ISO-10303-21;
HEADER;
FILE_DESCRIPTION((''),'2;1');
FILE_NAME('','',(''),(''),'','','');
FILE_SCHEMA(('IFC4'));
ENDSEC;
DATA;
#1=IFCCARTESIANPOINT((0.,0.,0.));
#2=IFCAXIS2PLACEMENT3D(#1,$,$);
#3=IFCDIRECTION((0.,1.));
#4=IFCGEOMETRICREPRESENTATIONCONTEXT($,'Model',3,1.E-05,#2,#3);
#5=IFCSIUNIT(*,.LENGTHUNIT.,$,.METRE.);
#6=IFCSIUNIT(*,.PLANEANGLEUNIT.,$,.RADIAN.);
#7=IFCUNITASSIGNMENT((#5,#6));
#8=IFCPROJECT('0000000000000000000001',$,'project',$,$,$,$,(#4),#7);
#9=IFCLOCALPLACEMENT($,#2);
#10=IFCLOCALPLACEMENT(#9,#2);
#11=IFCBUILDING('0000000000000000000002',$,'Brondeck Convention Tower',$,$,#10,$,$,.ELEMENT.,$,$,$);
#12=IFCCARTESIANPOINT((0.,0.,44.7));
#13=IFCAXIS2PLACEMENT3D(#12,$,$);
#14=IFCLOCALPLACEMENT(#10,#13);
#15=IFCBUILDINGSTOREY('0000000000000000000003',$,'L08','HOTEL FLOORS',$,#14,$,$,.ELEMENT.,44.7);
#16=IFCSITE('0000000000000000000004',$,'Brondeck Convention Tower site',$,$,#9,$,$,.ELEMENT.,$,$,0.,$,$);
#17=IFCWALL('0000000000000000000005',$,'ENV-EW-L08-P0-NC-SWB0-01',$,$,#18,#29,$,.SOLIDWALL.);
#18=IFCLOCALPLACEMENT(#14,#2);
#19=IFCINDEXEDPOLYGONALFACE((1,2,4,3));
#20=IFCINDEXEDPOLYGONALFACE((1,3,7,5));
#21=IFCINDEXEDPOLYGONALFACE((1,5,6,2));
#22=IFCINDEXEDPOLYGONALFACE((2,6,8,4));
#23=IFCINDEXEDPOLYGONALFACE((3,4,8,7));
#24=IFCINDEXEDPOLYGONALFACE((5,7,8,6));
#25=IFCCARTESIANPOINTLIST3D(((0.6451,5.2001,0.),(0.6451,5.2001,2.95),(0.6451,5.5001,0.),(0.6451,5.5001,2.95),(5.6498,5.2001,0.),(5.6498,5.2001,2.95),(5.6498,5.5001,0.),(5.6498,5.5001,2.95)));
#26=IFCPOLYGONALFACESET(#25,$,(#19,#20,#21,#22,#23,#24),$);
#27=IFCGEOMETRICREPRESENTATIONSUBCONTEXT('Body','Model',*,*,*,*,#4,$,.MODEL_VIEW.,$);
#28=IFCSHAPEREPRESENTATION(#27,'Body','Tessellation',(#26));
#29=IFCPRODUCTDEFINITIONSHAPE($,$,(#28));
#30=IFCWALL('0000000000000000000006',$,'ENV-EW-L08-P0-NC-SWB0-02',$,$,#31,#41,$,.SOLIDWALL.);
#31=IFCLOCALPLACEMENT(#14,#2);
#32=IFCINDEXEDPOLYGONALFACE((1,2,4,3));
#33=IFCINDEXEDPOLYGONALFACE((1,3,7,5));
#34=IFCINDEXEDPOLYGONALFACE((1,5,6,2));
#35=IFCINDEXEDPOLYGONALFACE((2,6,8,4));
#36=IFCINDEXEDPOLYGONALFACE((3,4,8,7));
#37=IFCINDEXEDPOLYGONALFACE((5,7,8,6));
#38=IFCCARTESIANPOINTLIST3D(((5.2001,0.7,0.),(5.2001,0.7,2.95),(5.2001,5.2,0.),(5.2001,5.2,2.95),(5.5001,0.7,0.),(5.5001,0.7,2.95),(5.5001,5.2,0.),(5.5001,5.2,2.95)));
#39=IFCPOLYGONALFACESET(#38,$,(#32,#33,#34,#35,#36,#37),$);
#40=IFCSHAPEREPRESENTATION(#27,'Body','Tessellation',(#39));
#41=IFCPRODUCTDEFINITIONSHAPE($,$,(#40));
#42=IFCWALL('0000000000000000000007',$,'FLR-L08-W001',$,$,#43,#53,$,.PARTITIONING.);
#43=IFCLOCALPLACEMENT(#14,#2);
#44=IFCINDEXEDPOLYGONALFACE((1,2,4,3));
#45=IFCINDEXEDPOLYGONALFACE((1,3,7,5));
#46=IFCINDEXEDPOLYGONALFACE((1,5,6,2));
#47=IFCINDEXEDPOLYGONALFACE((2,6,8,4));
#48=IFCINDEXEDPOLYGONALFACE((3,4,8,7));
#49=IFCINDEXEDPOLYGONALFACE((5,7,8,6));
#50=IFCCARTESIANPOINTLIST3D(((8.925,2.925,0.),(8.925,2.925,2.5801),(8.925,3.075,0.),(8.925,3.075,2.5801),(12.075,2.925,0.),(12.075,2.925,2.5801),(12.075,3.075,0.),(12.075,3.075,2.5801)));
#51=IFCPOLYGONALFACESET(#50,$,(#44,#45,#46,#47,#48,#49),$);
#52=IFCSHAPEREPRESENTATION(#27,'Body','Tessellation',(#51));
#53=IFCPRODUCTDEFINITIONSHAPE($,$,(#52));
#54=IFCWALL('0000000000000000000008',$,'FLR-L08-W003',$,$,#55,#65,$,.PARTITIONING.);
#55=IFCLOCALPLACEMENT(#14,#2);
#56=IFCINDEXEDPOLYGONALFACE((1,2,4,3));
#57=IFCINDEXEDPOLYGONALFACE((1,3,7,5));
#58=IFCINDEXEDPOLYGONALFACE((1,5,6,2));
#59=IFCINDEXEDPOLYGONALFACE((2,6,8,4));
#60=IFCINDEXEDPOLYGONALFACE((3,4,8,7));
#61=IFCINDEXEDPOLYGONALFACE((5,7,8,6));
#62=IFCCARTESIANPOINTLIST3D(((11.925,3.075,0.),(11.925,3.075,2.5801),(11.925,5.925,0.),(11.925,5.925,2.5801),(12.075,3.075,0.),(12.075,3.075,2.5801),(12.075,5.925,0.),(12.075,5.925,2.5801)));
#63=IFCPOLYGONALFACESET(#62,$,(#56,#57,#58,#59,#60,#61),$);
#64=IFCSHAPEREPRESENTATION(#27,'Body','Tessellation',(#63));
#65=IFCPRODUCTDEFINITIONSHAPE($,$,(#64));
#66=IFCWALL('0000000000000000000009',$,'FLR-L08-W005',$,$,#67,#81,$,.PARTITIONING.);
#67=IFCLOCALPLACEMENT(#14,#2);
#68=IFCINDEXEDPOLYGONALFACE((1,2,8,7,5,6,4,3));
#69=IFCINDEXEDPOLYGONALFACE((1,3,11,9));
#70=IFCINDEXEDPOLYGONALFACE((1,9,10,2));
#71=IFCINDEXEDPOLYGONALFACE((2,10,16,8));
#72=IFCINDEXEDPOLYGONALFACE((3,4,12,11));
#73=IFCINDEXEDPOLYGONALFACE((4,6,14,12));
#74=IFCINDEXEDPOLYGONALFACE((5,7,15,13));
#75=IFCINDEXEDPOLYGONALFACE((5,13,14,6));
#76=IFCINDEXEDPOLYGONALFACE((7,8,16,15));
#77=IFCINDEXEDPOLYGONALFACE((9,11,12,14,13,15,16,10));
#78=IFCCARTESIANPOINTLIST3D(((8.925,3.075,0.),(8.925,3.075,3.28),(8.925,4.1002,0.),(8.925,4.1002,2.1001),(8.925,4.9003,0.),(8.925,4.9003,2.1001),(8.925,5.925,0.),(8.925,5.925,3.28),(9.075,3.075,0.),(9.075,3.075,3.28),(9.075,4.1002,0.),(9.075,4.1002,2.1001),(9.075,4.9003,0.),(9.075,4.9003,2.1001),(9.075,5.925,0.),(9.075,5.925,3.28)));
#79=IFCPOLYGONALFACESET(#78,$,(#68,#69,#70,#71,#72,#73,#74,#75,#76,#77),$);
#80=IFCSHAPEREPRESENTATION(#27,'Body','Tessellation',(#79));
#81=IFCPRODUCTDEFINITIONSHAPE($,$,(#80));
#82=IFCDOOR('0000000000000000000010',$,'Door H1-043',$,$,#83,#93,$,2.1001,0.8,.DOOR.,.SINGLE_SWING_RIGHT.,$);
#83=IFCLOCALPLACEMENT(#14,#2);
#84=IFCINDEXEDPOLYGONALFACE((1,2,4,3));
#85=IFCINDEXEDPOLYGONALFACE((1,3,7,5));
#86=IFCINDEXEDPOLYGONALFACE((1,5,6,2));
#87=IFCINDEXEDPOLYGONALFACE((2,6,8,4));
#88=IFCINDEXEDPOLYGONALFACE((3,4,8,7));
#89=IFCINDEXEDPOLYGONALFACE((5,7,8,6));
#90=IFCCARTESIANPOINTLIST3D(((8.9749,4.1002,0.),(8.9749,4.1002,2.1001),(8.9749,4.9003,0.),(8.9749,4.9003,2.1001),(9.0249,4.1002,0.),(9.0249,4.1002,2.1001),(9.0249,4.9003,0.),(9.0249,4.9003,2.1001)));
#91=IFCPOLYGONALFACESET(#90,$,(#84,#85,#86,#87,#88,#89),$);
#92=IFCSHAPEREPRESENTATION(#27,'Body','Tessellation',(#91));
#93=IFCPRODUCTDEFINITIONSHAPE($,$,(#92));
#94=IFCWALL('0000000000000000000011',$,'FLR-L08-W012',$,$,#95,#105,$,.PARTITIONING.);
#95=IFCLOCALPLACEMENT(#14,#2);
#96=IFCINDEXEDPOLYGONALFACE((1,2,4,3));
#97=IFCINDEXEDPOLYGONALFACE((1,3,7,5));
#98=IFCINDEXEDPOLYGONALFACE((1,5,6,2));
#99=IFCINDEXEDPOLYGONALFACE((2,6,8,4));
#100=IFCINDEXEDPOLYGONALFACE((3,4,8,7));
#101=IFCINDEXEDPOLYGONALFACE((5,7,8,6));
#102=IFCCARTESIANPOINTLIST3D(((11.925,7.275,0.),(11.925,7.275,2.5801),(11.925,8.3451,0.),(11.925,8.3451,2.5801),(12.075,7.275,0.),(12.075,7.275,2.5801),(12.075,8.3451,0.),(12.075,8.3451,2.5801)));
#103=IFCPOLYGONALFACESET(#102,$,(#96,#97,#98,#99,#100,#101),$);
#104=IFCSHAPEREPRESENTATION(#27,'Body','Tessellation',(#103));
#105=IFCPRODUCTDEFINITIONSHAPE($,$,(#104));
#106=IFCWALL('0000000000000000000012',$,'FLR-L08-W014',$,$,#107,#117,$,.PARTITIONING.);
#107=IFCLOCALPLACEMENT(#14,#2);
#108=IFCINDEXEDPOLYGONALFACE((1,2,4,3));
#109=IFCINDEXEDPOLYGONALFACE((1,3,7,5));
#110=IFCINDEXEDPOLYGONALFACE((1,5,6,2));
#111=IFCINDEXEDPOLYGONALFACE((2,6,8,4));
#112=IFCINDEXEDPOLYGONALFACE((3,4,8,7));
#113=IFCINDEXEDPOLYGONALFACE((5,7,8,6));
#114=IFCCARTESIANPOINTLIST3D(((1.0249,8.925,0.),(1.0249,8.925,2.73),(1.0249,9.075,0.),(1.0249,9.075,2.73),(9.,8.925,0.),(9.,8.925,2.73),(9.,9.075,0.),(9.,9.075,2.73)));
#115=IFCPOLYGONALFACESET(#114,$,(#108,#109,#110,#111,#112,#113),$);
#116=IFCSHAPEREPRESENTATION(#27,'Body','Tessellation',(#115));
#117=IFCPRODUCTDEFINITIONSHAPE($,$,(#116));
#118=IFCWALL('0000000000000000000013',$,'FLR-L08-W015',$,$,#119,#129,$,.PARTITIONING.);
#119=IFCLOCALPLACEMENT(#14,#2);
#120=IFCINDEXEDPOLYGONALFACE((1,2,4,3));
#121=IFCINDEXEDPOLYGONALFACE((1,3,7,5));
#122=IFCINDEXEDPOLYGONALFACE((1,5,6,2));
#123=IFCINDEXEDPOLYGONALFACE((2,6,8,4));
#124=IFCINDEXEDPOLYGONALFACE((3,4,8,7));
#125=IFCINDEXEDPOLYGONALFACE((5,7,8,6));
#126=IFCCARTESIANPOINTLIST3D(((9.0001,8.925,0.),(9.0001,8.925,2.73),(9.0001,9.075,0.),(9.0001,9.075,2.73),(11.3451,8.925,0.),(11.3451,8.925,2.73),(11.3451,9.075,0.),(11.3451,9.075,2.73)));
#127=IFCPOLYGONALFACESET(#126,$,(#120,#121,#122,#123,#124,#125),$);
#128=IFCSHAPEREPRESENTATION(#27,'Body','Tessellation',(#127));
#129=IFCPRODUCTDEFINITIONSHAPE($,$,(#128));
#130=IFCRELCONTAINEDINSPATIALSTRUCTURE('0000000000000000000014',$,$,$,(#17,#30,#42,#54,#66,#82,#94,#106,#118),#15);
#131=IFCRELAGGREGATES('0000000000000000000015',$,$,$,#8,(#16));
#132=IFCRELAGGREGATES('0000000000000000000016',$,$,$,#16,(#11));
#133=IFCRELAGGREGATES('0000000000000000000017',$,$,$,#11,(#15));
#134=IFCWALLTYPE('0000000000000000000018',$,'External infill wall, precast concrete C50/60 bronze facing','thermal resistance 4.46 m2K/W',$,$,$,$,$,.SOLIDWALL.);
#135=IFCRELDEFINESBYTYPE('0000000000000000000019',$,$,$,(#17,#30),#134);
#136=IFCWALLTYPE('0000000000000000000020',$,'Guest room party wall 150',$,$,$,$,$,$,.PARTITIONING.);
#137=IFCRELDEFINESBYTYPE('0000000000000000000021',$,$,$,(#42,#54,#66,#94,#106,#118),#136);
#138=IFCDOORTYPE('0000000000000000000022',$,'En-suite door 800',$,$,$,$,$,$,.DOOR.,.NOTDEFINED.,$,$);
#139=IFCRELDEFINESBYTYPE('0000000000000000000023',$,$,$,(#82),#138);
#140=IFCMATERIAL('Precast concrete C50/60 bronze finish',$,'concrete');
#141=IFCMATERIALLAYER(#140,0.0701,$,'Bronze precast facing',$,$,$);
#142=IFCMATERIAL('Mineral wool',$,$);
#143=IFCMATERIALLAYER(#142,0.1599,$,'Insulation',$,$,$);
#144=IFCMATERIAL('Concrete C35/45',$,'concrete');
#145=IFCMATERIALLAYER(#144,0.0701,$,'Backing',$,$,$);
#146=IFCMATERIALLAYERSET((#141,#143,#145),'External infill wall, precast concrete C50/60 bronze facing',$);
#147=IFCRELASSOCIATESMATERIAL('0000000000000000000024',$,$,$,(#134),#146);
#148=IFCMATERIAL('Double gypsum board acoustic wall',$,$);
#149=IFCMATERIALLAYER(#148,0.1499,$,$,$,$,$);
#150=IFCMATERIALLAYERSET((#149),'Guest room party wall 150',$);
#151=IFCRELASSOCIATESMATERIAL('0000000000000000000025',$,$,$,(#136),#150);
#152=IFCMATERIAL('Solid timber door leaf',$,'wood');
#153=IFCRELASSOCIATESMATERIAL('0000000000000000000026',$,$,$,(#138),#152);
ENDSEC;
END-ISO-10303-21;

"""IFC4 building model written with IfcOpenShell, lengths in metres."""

from ifc_helpers import new_model, si_unit, direction, frame, frame_2d, origin, place, context, subcontext, project, spatial, rectangle, extrude, material, layer, layer_set, type_object, element, fill, save


model = new_model("IFC4")

# Units and contexts
model_context = context("Model", 3, precision=1e-05, world=origin(), true_north=direction((0.0, 1.0)))
body_context = subcontext(model_context, "Body", "Model", "MODEL_VIEW")
ifc_project = project(units=[si_unit("LENGTHUNIT", "METRE"), si_unit("PLANEANGLEUNIT", "RADIAN")], contexts=[model_context])

# Site, building, storey
site_placement = place(None, origin())
site = spatial("IfcSite", under=ifc_project, at=site_placement, Name="Brondeck Convention Tower site", CompositionType="ELEMENT", RefElevation=0.0)
building_placement = place(site_placement, origin())
building = spatial("IfcBuilding", under=site, at=building_placement, Name="Brondeck Convention Tower", CompositionType="ELEMENT")
storey_placement = place(building_placement, frame((0.0, 0.0, 44.7)))
storey = spatial("IfcBuildingStorey", under=building, at=storey_placement, Name="L08", Description="HOTEL FLOORS", CompositionType="ELEMENT", Elevation=44.7)

# Shared definitions
ifc_material_1 = material(Name="Concrete C35/45", Category="concrete")

# Shared definitions
ifc_material_2 = material(Name="Precast concrete C50/60 bronze finish", Category="concrete")
ifc_layer_1 = layer(ifc_material_2, 0.0701, Name="Bronze precast facing")
ifc_material_3 = material(Name="Mineral wool")
ifc_layer_2 = layer(ifc_material_3, 0.1599, Name="Insulation")
ifc_layer_3 = layer(ifc_material_1, 0.0701, Name="Backing")
ifc_layer_set_1 = layer_set([ifc_layer_1, ifc_layer_2, ifc_layer_3], Name="External infill wall, precast concrete C50/60 bronze facing")
wall_type_1 = type_object("IfcWallType", Name="External infill wall, precast concrete C50/60 bronze facing", Description="thermal resistance 4.46 m2K/W", PredefinedType="SOLIDWALL", material=ifc_layer_set_1)

# Walls
wall_1_placement = place(storey_placement, frame((5.6499, 5.3501, 0.0), z_axis=(0.0, 0.0, 1.0), x_axis=(-1.0, 0.0, 0.0)))
element("IfcWall", 1, at=wall_1_placement, inside=storey, type_object=wall_type_1, Name="ENV-EW-L08-P0-NC-SWB0-01", PredefinedType="SOLIDWALL", context=body_context, shape_type="SweptSolid", body=[
    extrude(rectangle(XDim=5.0046, YDim=0.3, at=frame_2d((2.5024, 0.0))), origin(), (0.0, 0.0, 1.0), 2.95),
])
wall_2_placement = place(storey_placement, frame((5.3501, 0.7, 0.0), z_axis=(0.0, 0.0, 1.0), x_axis=(0.0, 1.0, 0.0)))
element("IfcWall", 2, at=wall_2_placement, inside=storey, type_object=wall_type_1, Name="ENV-EW-L08-P0-NC-SWB0-02", PredefinedType="SOLIDWALL", context=body_context, shape_type="SweptSolid", body=[
    extrude(rectangle(XDim=4.5, YDim=0.3, at=frame_2d((2.25, 0.0))), origin(), (0.0, 0.0, 1.0), 2.95),
])
ifc_material_4 = material(Name="Double gypsum board acoustic wall")
ifc_layer_4 = layer(ifc_material_4, 0.1499)
ifc_layer_set_2 = layer_set([ifc_layer_4], Name="Guest room party wall 150")
wall_type_2 = type_object("IfcWallType", Name="Guest room party wall 150", PredefinedType="PARTITIONING", material=ifc_layer_set_2)
wall_3_placement = place(storey_placement, frame((8.925, 3.0, 0.0), z_axis=(0.0, 0.0, 1.0), x_axis=(1.0, 0.0, 0.0)))
element("IfcWall", 3, at=wall_3_placement, inside=storey, type_object=wall_type_2, Name="FLR-L08-W001", PredefinedType="PARTITIONING", context=body_context, shape_type="SweptSolid", body=[
    extrude(rectangle(XDim=3.1499, YDim=0.1499, at=frame_2d((1.575, 0.0))), origin(), (0.0, 0.0, 1.0), 2.5801),
])
wall_4_placement = place(storey_placement, frame((12.0, 3.075, 0.0), z_axis=(0.0, 0.0, 1.0), x_axis=(0.0, 1.0, 0.0)))
element("IfcWall", 4, at=wall_4_placement, inside=storey, type_object=wall_type_2, Name="FLR-L08-W003", PredefinedType="PARTITIONING", context=body_context, shape_type="SweptSolid", body=[
    extrude(rectangle(XDim=2.8501, YDim=0.1499, at=frame_2d((1.425, 0.0))), origin(), (0.0, 0.0, 1.0), 2.5801),
])

# Wall, opening, door
wall_5_placement = place(storey_placement, frame((9.0, 5.925, 0.0), z_axis=(0.0, 0.0, 1.0), x_axis=(0.0, -1.0, 0.0)))
wall_5 = element("IfcWall", 5, at=wall_5_placement, inside=storey, type_object=wall_type_2, Name="FLR-L08-W005", PredefinedType="PARTITIONING", context=body_context, shape_type="SweptSolid", body=[
    extrude(rectangle(XDim=2.8501, YDim=0.1499, at=frame_2d((1.425, 0.0))), origin(), (0.0, 0.0, 1.0), 3.28),
])
opening_1_placement = place(wall_5_placement, frame((1.0249, 0.0, 0.0)))
opening_1 = element("IfcOpeningElement", 6, at=opening_1_placement, cuts=wall_5, PredefinedType="OPENING", context=body_context, shape_type="SweptSolid", body=[
    extrude(rectangle(XDim=0.8, YDim=2.1001, at=frame_2d((0.3999, 1.05))), frame((0.0, 0.085, 0.0), z_axis=(0.0, -1.0, 0.0), x_axis=(1.0, 0.0, 0.0)), (0.0, 0.0, 1.0), 0.1699),
])
ifc_material_5 = material(Name="Solid timber door leaf", Category="wood")
door_type = type_object("IfcDoorType", Name="En-suite door 800", OperationType="NOTDEFINED", PredefinedType="DOOR", material=ifc_material_5)
door_placement = place(opening_1_placement, origin())
door = element("IfcDoor", 7, at=door_placement, inside=storey, type_object=door_type, Name="Door H1-043", OperationType="SINGLE_SWING_RIGHT", OverallHeight=2.1001, OverallWidth=0.8, PredefinedType="DOOR", context=body_context, shape_type="SweptSolid", body=[
    extrude(rectangle(XDim=0.8, YDim=2.1001, at=frame_2d((0.3999, 1.05))), frame((0.0, 0.0249, 0.0), z_axis=(0.0, -1.0, 0.0), x_axis=(1.0, 0.0, 0.0)), (0.0, 0.0, 1.0), 0.05),
])
fill(opening_1, door)

# Walls
wall_6_placement = place(storey_placement, frame((12.0, 7.2749, 0.0), z_axis=(0.0, 0.0, 1.0), x_axis=(0.0, 1.0, 0.0)))
element("IfcWall", 8, at=wall_6_placement, inside=storey, type_object=wall_type_2, Name="FLR-L08-W012", PredefinedType="PARTITIONING", context=body_context, shape_type="SweptSolid", body=[
    extrude(rectangle(XDim=1.0701, YDim=0.1499, at=frame_2d((0.5352, 0.0))), origin(), (0.0, 0.0, 1.0), 2.5801),
])
wall_7_placement = place(storey_placement, frame((9.0, 9.0, 0.0), z_axis=(0.0, 0.0, 1.0), x_axis=(-1.0, 0.0, 0.0)))
element("IfcWall", 9, at=wall_7_placement, inside=storey, type_object=wall_type_2, Name="FLR-L08-W014", PredefinedType="PARTITIONING", context=body_context, shape_type="SweptSolid", body=[
    extrude(rectangle(XDim=7.9751, YDim=0.1499, at=frame_2d((3.9875, 0.0))), origin(), (0.0, 0.0, 1.0), 2.73),
])
wall_8_placement = place(storey_placement, frame((11.345, 9.0, 0.0), z_axis=(0.0, 0.0, 1.0), x_axis=(-1.0, 0.0, 0.0)))
element("IfcWall", 10, at=wall_8_placement, inside=storey, type_object=wall_type_2, Name="FLR-L08-W015", PredefinedType="PARTITIONING", context=body_context, shape_type="SweptSolid", body=[
    extrude(rectangle(XDim=2.345, YDim=0.1499, at=frame_2d((1.1724, 0.0))), origin(), (0.0, 0.0, 1.0), 2.73),
])

save(model, "model.ifc")
